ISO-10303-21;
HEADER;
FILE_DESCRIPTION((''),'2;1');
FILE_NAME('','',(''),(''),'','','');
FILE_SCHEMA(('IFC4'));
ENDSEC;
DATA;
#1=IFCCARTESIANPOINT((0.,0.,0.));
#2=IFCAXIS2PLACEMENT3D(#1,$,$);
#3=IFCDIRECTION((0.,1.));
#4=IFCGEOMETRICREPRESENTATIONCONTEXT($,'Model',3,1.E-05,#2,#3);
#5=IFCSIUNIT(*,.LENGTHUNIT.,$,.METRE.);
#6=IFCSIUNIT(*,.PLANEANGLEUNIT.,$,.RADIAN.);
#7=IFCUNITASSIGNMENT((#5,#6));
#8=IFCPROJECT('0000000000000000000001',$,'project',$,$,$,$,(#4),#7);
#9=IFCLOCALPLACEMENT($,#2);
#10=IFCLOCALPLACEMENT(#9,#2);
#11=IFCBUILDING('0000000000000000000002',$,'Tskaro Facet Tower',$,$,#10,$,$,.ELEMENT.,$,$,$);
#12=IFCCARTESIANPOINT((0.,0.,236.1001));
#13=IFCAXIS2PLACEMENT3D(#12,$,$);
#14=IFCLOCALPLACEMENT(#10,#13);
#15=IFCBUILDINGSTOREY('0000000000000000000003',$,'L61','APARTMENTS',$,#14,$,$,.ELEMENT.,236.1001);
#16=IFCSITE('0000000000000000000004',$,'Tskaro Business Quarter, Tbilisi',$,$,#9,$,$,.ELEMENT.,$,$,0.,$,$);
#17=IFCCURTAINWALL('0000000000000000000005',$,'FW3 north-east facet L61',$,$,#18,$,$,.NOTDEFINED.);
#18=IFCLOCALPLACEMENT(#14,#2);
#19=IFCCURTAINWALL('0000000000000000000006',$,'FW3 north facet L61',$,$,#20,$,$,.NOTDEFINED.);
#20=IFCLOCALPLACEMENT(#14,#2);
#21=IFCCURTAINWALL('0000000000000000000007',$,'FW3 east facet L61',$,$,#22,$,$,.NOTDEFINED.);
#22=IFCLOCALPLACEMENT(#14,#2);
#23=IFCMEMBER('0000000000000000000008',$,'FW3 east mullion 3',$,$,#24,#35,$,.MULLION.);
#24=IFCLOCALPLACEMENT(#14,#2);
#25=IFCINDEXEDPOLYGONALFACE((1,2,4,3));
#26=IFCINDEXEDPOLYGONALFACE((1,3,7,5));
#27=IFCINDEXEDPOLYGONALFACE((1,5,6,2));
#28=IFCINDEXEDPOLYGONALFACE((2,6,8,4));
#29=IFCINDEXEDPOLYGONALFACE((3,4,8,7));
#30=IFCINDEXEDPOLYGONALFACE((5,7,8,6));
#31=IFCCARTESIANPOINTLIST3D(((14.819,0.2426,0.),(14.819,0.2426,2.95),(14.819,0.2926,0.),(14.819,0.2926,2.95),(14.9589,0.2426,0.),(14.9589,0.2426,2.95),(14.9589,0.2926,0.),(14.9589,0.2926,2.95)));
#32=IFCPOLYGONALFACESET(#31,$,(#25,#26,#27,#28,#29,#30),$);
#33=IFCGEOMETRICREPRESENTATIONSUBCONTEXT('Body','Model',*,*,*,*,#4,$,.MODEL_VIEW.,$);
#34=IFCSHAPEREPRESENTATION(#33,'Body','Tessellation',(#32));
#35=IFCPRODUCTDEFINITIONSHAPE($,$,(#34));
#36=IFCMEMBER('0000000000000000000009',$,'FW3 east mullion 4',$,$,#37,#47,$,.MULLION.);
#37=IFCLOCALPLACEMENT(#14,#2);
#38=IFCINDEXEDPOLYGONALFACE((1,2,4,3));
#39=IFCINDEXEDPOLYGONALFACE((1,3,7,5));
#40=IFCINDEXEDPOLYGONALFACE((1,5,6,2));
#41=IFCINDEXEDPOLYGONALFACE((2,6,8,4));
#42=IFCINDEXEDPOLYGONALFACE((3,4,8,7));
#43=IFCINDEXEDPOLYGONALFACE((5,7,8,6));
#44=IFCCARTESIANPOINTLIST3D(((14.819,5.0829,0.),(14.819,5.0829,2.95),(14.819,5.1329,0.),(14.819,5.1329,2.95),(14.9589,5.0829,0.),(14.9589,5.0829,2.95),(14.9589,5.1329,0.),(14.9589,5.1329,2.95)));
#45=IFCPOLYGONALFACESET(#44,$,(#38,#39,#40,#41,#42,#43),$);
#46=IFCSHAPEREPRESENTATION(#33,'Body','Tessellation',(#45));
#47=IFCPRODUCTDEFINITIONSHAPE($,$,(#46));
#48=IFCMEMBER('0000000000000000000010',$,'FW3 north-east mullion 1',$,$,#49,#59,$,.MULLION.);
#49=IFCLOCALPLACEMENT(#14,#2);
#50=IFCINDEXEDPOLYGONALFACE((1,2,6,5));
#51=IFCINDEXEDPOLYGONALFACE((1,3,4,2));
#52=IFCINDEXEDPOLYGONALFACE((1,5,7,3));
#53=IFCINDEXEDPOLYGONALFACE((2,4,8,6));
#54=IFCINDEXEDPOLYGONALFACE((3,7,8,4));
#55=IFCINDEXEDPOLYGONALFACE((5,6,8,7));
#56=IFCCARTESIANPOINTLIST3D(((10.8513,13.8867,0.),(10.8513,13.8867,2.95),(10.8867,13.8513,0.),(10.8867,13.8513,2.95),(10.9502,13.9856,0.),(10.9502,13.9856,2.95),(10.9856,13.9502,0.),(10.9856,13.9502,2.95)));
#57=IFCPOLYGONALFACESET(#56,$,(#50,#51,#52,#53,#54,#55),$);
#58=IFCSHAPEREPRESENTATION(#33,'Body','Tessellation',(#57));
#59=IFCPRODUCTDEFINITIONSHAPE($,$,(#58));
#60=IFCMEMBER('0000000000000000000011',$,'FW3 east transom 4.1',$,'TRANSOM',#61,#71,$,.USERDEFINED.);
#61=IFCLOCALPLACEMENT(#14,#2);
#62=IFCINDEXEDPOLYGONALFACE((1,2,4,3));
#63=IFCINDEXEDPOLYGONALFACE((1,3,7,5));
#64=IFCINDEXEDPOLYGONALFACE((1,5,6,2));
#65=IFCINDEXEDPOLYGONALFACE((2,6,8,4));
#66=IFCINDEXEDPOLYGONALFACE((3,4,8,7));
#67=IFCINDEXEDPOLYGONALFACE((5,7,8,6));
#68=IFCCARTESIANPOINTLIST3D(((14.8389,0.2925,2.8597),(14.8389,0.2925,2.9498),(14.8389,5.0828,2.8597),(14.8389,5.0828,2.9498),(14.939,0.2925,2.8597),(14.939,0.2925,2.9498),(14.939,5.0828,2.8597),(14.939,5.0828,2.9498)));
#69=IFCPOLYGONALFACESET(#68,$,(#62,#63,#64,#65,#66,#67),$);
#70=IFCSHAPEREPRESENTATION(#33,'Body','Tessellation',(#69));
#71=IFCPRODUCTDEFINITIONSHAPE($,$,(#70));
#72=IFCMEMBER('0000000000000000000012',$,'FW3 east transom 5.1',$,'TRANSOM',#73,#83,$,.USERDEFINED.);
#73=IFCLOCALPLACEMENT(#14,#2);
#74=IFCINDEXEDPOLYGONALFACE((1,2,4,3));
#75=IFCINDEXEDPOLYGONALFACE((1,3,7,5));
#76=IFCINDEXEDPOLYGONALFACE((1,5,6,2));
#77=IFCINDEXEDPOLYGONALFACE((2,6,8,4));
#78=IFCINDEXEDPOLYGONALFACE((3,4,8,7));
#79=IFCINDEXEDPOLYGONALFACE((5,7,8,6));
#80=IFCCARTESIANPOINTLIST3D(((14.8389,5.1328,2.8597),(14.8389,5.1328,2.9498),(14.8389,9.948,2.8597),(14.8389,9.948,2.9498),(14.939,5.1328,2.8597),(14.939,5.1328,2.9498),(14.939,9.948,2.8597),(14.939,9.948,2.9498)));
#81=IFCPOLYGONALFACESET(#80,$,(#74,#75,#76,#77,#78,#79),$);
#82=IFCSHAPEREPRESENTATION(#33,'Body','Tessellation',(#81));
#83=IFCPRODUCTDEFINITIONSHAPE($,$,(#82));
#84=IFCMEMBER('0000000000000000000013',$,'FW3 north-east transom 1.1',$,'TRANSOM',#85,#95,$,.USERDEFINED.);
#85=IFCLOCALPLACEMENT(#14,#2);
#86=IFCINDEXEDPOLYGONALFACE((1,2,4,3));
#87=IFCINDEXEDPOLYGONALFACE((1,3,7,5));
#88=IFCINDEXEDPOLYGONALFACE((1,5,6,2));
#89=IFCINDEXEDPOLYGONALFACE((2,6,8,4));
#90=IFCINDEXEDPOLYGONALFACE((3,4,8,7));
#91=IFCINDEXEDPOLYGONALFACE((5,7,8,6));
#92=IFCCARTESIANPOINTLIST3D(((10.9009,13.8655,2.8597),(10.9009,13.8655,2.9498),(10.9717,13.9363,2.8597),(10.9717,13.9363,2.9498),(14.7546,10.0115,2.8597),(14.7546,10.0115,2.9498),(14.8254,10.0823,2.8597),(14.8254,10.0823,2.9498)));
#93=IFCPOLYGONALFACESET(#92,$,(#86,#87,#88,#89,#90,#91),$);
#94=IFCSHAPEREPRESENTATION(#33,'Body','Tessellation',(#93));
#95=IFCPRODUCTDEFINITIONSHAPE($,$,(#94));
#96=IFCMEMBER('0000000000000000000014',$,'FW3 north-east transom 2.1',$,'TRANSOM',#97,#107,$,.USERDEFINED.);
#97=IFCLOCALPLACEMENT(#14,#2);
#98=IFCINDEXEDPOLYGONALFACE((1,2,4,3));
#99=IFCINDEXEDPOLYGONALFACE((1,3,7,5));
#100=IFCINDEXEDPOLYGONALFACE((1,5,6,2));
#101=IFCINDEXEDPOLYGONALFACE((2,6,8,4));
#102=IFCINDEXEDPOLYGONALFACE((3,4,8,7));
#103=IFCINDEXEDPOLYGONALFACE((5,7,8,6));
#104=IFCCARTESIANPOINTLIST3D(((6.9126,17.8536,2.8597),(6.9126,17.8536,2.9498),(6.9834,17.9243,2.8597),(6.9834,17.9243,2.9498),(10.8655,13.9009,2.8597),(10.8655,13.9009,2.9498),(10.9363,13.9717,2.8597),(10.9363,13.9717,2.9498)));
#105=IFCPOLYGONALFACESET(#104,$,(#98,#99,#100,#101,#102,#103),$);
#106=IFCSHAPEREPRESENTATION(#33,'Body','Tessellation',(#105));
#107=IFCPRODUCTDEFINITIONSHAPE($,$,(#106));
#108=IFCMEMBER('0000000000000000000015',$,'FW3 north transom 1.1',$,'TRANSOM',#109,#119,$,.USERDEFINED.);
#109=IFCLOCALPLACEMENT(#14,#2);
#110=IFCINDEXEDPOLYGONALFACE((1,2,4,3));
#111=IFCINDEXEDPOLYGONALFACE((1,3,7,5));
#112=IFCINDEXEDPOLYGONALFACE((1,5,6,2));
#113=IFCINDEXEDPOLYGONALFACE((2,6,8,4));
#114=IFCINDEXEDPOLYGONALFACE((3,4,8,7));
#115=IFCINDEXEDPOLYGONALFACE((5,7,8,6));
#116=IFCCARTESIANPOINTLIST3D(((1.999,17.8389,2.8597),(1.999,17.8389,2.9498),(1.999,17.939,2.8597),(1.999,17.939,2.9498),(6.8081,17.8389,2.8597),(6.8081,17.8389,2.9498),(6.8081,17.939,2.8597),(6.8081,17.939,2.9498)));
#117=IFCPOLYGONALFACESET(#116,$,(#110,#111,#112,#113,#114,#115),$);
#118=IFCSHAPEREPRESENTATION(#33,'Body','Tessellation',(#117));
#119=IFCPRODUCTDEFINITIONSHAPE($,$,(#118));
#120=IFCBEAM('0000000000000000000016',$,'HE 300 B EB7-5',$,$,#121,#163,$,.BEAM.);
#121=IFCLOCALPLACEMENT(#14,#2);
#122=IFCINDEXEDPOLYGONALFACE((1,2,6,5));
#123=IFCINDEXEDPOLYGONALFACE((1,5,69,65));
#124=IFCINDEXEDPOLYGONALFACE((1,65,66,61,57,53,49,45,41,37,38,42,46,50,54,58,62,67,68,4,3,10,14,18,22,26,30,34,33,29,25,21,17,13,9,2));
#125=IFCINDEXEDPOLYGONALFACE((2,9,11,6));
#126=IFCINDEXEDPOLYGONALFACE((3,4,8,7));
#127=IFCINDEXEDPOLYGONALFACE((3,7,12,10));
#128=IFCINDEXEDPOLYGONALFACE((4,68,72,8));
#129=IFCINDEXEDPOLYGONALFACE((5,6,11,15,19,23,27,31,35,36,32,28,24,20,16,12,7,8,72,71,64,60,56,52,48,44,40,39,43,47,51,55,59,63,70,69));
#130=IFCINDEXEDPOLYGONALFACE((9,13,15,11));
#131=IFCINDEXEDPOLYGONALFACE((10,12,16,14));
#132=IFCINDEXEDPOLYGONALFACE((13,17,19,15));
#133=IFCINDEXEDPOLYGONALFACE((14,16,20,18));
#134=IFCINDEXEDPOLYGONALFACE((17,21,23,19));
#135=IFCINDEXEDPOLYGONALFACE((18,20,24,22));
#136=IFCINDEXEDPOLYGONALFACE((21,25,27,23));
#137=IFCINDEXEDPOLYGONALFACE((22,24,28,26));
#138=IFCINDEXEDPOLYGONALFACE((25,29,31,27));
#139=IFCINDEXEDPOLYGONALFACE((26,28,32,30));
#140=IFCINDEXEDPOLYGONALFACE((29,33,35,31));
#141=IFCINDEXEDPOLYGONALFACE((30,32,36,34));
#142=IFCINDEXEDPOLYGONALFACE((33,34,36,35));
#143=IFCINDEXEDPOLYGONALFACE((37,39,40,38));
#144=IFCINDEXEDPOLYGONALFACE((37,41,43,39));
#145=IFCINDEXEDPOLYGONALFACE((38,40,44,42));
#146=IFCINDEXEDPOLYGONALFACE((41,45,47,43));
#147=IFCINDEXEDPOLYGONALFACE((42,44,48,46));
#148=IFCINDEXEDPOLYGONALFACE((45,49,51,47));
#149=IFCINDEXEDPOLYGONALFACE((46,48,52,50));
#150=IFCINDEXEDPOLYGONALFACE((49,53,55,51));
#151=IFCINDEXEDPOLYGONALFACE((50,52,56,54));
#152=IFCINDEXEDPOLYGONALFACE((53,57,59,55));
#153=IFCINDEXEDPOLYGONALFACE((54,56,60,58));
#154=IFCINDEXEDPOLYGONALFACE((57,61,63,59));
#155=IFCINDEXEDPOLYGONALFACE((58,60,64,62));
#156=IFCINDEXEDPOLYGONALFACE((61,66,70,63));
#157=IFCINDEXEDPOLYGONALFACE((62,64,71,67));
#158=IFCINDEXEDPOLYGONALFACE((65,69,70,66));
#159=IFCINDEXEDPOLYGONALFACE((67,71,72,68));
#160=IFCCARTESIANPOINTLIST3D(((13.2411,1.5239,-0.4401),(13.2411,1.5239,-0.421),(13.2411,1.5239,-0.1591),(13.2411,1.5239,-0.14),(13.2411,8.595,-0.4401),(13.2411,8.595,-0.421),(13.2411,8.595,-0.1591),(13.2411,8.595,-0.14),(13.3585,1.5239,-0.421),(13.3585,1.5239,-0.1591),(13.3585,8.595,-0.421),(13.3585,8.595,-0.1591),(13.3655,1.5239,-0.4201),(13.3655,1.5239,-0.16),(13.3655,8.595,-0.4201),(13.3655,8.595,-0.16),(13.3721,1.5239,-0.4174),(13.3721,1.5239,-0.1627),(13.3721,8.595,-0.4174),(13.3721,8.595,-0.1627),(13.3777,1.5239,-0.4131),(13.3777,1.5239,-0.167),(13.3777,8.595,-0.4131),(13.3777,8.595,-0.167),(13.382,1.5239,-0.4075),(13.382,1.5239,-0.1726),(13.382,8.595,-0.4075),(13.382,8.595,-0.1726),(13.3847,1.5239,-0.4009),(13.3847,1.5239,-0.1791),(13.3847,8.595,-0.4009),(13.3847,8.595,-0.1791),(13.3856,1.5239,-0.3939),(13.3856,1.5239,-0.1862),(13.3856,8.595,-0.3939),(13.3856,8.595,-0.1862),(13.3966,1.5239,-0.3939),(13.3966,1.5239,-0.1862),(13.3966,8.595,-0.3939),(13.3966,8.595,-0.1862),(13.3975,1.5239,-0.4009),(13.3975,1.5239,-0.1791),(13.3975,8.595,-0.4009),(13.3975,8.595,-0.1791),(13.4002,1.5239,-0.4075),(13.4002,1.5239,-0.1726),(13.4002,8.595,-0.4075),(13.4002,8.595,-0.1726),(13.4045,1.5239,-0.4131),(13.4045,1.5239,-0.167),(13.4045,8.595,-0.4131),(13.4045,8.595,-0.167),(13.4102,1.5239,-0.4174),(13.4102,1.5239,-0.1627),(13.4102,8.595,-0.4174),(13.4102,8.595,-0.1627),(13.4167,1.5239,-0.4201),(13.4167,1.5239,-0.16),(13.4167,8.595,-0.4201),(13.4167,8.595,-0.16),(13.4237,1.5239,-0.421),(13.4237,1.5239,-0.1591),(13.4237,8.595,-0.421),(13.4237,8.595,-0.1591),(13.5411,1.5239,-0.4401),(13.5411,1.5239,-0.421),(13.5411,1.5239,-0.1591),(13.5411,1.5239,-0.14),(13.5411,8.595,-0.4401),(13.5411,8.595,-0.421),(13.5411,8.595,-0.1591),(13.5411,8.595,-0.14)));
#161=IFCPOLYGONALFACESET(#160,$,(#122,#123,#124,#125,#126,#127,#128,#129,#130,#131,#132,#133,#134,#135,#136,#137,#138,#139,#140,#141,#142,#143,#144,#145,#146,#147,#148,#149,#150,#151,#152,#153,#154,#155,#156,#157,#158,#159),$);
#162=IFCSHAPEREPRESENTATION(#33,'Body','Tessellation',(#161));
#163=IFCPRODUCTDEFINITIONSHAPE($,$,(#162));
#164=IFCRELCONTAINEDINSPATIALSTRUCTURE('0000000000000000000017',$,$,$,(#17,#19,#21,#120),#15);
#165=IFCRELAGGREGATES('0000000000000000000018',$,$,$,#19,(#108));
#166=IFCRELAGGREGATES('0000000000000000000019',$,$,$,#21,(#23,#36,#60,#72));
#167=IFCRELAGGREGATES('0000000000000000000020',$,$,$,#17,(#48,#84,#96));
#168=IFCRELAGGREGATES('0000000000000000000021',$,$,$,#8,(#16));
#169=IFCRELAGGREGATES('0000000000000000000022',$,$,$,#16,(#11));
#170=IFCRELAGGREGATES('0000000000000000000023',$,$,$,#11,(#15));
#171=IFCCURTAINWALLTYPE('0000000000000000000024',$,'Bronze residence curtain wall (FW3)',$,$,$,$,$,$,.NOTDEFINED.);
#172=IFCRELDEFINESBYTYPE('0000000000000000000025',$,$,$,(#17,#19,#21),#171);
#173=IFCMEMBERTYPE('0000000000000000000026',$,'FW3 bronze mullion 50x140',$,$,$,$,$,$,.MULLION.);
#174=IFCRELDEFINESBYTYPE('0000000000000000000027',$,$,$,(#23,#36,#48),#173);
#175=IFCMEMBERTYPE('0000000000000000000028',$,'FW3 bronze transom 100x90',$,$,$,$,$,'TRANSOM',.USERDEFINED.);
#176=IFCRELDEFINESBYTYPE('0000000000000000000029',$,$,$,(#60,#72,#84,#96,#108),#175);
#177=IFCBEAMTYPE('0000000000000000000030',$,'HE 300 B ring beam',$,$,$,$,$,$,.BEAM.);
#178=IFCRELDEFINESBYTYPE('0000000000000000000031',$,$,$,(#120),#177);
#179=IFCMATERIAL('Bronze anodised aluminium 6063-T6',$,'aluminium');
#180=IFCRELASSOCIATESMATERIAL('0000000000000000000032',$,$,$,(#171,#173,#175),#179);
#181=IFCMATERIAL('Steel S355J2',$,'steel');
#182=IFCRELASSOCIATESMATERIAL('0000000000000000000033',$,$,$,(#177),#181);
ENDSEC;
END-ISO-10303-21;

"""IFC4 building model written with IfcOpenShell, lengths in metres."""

from ifc_helpers import new_model, si_unit, direction, frame, origin, origin_2d, place, context, subcontext, project, spatial, rectangle, i_section, extrude, material, material_profile, profile_set, type_object, element, aggregate, save


model = new_model("IFC4")

# Units and contexts
model_context = context("Model", 3, precision=1e-05, world=origin(), true_north=direction((0.0, 1.0)))
body_context = subcontext(model_context, "Body", "Model", "MODEL_VIEW")
ifc_project = project(units=[si_unit("LENGTHUNIT", "METRE"), si_unit("PLANEANGLEUNIT", "RADIAN")], contexts=[model_context])

# Site, building, storey
site_placement = place(None, origin())
site = spatial("IfcSite", under=ifc_project, at=site_placement, Name="Tskaro Business Quarter, Tbilisi", CompositionType="ELEMENT", RefElevation=0.0)
building_placement = place(site_placement, origin())
building = spatial("IfcBuilding", under=site, at=building_placement, Name="Tskaro Facet Tower", CompositionType="ELEMENT")
storey_placement = place(building_placement, frame((0.0, 0.0, 236.1001)))
storey = spatial("IfcBuildingStorey", under=building, at=storey_placement, Name="L61", Description="APARTMENTS", CompositionType="ELEMENT", Elevation=236.1001)

# Shared definitions
ifc_material_1 = material(Name="Steel S355J2", Category="steel")

# Curtain walls
ifc_material_2 = material(Name="Bronze anodised aluminium 6063-T6", Category="aluminium")
curtain_wall_type = type_object("IfcCurtainWallType", Name="Bronze residence curtain wall (FW3)", PredefinedType="NOTDEFINED", material=ifc_material_2)
curtain_wall_1_placement = place(storey_placement, origin())
curtain_wall_1 = element("IfcCurtainWall", 1, at=curtain_wall_1_placement, inside=storey, type_object=curtain_wall_type, Name="FW3 north-east facet L61", PredefinedType="NOTDEFINED")
curtain_wall_2_placement = place(storey_placement, origin())
curtain_wall_2 = element("IfcCurtainWall", 2, at=curtain_wall_2_placement, inside=storey, type_object=curtain_wall_type, Name="FW3 north facet L61", PredefinedType="NOTDEFINED")

# Curtain wall, members
curtain_wall_3_placement = place(storey_placement, origin())
curtain_wall_3 = element("IfcCurtainWall", 3, at=curtain_wall_3_placement, inside=storey, type_object=curtain_wall_type, Name="FW3 east facet L61", PredefinedType="NOTDEFINED")
ifc_material_profile_1 = material_profile(ifc_material_2, rectangle(XDim=0.05, YDim=0.1399, at=origin_2d()), Name="Mullion 50x140")
ifc_profile_set_1 = profile_set([ifc_material_profile_1], Name="Bronze anodised aluminium 6063-T6")
member_type_1 = type_object("IfcMemberType", Name="FW3 bronze mullion 50x140", PredefinedType="MULLION", material=ifc_profile_set_1)
member_1_placement = place(storey_placement, frame((14.8889, 0.2676, 0.0), z_axis=(0.0, 0.0, 1.0), x_axis=(0.0, 1.0, 0.0)))
member_1 = element("IfcMember", 4, at=member_1_placement, type_object=member_type_1, Name="FW3 east mullion 3", PredefinedType="MULLION", context=body_context, shape_type="SweptSolid", body=[
    extrude(rectangle(XDim=0.05, YDim=0.1399, at=origin_2d()), origin(), (0.0, 0.0, 1.0), 2.95),
])
member_2_placement = place(storey_placement, frame((14.8889, 5.1079, 0.0), z_axis=(0.0, 0.0, 1.0), x_axis=(0.0, 1.0, 0.0)))
member_2 = element("IfcMember", 5, at=member_2_placement, type_object=member_type_1, Name="FW3 east mullion 4", PredefinedType="MULLION", context=body_context, shape_type="SweptSolid", body=[
    extrude(rectangle(XDim=0.05, YDim=0.1399, at=origin_2d()), origin(), (0.0, 0.0, 1.0), 2.95),
])

# Members
member_3_placement = place(storey_placement, frame((10.9185, 13.9185, 0.0), z_axis=(0.0, 0.0, 1.0), x_axis=(-0.707107, 0.707107, 0.0)))
member_3 = element("IfcMember", 6, at=member_3_placement, type_object=member_type_1, Name="FW3 north-east mullion 1", PredefinedType="MULLION", context=body_context, shape_type="SweptSolid", body=[
    extrude(rectangle(XDim=0.05, YDim=0.1399, at=origin_2d()), origin(), (0.0, 0.0, 1.0), 2.95),
])
ifc_material_profile_2 = material_profile(ifc_material_2, rectangle(XDim=0.1001, YDim=0.0901, at=origin_2d()), Name="Transom 100x90")
ifc_profile_set_2 = profile_set([ifc_material_profile_2], Name="Bronze anodised aluminium 6063-T6")
member_type_2 = type_object("IfcMemberType", Name="FW3 bronze transom 100x90", ElementType="TRANSOM", PredefinedType="USERDEFINED", material=ifc_profile_set_2)
member_4_placement = place(storey_placement, frame((14.8889, 0.2925, 2.9048), z_axis=(0.0, 1.0, 0.0), x_axis=(-1.0, 0.0, 0.0)))
member_4 = element("IfcMember", 7, at=member_4_placement, type_object=member_type_2, Name="FW3 east transom 4.1", ObjectType="TRANSOM", PredefinedType="USERDEFINED", context=body_context, shape_type="SweptSolid", body=[
    extrude(rectangle(XDim=0.1001, YDim=0.0901, at=origin_2d()), origin(), (0.0, 0.0, 1.0), 4.7903),
])
member_5_placement = place(storey_placement, frame((14.8889, 5.1328, 2.9048), z_axis=(0.0, 1.0, 0.0), x_axis=(-1.0, 0.0, 0.0)))
member_5 = element("IfcMember", 8, at=member_5_placement, type_object=member_type_2, Name="FW3 east transom 5.1", ObjectType="TRANSOM", PredefinedType="USERDEFINED", context=body_context, shape_type="SweptSolid", body=[
    extrude(rectangle(XDim=0.1001, YDim=0.0901, at=origin_2d()), origin(), (0.0, 0.0, 1.0), 4.8152),
])
member_6_placement = place(storey_placement, frame((14.79, 10.0469, 2.9048), z_axis=(-0.707084, 0.707129, 0.0), x_axis=(-0.707129, -0.707084, 0.0)))
member_6 = element("IfcMember", 9, at=member_6_placement, type_object=member_type_2, Name="FW3 north-east transom 1.1", ObjectType="TRANSOM", PredefinedType="USERDEFINED", context=body_context, shape_type="SweptSolid", body=[
    extrude(rectangle(XDim=0.1001, YDim=0.0901, at=origin_2d()), origin(), (0.0, 0.0, 1.0), 5.4502),
])
member_7_placement = place(storey_placement, frame((10.9009, 13.9363, 2.9048), z_axis=(-0.707129, 0.707085, 0.0), x_axis=(-0.707085, -0.707129, 0.0)))
member_7 = element("IfcMember", 10, at=member_7_placement, type_object=member_type_2, Name="FW3 north-east transom 2.1", ObjectType="TRANSOM", PredefinedType="USERDEFINED", context=body_context, shape_type="SweptSolid", body=[
    extrude(rectangle(XDim=0.1001, YDim=0.0901, at=origin_2d()), origin(), (0.0, 0.0, 1.0), 5.5901),
])
member_8_placement = place(storey_placement, frame((6.8081, 17.8889, 2.9048), z_axis=(-1.0, 0.0, 0.0), x_axis=(0.0, -1.0, 0.0)))
member_8 = element("IfcMember", 11, at=member_8_placement, type_object=member_type_2, Name="FW3 north transom 1.1", ObjectType="TRANSOM", PredefinedType="USERDEFINED", context=body_context, shape_type="SweptSolid", body=[
    extrude(rectangle(XDim=0.1001, YDim=0.0901, at=origin_2d()), origin(), (0.0, 0.0, 1.0), 4.8091),
])
aggregate(curtain_wall_2, [member_8])

# Beam
ifc_material_profile_3 = material_profile(ifc_material_1, i_section(OverallWidth=0.3, OverallDepth=0.3, WebThickness=0.011, FlangeThickness=0.019, FilletRadius=0.0271, at=origin_2d()), Name="HE 300 B")
ifc_profile_set_3 = profile_set([ifc_material_profile_3], Name="Steel S355J2")
beam_type = type_object("IfcBeamType", Name="HE 300 B ring beam", PredefinedType="BEAM", material=ifc_profile_set_3)
beam_placement = place(storey_placement, frame((13.3911, 1.5239, -0.29), z_axis=(0.0, 1.0, 0.0), x_axis=(-1.0, 0.0, 0.0)))
element("IfcBeam", 12, at=beam_placement, inside=storey, type_object=beam_type, Name="HE 300 B EB7-5", PredefinedType="BEAM", context=body_context, shape_type="SweptSolid", body=[
    extrude(i_section(OverallWidth=0.3, OverallDepth=0.3, WebThickness=0.011, FlangeThickness=0.019, FilletRadius=0.0271, at=origin_2d()), origin(), (0.0, 0.0, 1.0), 7.071),
])

aggregate(curtain_wall_3, [member_1, member_2, member_4, member_5])
aggregate(curtain_wall_1, [member_3, member_6, member_7])

save(model, "model.ifc")
